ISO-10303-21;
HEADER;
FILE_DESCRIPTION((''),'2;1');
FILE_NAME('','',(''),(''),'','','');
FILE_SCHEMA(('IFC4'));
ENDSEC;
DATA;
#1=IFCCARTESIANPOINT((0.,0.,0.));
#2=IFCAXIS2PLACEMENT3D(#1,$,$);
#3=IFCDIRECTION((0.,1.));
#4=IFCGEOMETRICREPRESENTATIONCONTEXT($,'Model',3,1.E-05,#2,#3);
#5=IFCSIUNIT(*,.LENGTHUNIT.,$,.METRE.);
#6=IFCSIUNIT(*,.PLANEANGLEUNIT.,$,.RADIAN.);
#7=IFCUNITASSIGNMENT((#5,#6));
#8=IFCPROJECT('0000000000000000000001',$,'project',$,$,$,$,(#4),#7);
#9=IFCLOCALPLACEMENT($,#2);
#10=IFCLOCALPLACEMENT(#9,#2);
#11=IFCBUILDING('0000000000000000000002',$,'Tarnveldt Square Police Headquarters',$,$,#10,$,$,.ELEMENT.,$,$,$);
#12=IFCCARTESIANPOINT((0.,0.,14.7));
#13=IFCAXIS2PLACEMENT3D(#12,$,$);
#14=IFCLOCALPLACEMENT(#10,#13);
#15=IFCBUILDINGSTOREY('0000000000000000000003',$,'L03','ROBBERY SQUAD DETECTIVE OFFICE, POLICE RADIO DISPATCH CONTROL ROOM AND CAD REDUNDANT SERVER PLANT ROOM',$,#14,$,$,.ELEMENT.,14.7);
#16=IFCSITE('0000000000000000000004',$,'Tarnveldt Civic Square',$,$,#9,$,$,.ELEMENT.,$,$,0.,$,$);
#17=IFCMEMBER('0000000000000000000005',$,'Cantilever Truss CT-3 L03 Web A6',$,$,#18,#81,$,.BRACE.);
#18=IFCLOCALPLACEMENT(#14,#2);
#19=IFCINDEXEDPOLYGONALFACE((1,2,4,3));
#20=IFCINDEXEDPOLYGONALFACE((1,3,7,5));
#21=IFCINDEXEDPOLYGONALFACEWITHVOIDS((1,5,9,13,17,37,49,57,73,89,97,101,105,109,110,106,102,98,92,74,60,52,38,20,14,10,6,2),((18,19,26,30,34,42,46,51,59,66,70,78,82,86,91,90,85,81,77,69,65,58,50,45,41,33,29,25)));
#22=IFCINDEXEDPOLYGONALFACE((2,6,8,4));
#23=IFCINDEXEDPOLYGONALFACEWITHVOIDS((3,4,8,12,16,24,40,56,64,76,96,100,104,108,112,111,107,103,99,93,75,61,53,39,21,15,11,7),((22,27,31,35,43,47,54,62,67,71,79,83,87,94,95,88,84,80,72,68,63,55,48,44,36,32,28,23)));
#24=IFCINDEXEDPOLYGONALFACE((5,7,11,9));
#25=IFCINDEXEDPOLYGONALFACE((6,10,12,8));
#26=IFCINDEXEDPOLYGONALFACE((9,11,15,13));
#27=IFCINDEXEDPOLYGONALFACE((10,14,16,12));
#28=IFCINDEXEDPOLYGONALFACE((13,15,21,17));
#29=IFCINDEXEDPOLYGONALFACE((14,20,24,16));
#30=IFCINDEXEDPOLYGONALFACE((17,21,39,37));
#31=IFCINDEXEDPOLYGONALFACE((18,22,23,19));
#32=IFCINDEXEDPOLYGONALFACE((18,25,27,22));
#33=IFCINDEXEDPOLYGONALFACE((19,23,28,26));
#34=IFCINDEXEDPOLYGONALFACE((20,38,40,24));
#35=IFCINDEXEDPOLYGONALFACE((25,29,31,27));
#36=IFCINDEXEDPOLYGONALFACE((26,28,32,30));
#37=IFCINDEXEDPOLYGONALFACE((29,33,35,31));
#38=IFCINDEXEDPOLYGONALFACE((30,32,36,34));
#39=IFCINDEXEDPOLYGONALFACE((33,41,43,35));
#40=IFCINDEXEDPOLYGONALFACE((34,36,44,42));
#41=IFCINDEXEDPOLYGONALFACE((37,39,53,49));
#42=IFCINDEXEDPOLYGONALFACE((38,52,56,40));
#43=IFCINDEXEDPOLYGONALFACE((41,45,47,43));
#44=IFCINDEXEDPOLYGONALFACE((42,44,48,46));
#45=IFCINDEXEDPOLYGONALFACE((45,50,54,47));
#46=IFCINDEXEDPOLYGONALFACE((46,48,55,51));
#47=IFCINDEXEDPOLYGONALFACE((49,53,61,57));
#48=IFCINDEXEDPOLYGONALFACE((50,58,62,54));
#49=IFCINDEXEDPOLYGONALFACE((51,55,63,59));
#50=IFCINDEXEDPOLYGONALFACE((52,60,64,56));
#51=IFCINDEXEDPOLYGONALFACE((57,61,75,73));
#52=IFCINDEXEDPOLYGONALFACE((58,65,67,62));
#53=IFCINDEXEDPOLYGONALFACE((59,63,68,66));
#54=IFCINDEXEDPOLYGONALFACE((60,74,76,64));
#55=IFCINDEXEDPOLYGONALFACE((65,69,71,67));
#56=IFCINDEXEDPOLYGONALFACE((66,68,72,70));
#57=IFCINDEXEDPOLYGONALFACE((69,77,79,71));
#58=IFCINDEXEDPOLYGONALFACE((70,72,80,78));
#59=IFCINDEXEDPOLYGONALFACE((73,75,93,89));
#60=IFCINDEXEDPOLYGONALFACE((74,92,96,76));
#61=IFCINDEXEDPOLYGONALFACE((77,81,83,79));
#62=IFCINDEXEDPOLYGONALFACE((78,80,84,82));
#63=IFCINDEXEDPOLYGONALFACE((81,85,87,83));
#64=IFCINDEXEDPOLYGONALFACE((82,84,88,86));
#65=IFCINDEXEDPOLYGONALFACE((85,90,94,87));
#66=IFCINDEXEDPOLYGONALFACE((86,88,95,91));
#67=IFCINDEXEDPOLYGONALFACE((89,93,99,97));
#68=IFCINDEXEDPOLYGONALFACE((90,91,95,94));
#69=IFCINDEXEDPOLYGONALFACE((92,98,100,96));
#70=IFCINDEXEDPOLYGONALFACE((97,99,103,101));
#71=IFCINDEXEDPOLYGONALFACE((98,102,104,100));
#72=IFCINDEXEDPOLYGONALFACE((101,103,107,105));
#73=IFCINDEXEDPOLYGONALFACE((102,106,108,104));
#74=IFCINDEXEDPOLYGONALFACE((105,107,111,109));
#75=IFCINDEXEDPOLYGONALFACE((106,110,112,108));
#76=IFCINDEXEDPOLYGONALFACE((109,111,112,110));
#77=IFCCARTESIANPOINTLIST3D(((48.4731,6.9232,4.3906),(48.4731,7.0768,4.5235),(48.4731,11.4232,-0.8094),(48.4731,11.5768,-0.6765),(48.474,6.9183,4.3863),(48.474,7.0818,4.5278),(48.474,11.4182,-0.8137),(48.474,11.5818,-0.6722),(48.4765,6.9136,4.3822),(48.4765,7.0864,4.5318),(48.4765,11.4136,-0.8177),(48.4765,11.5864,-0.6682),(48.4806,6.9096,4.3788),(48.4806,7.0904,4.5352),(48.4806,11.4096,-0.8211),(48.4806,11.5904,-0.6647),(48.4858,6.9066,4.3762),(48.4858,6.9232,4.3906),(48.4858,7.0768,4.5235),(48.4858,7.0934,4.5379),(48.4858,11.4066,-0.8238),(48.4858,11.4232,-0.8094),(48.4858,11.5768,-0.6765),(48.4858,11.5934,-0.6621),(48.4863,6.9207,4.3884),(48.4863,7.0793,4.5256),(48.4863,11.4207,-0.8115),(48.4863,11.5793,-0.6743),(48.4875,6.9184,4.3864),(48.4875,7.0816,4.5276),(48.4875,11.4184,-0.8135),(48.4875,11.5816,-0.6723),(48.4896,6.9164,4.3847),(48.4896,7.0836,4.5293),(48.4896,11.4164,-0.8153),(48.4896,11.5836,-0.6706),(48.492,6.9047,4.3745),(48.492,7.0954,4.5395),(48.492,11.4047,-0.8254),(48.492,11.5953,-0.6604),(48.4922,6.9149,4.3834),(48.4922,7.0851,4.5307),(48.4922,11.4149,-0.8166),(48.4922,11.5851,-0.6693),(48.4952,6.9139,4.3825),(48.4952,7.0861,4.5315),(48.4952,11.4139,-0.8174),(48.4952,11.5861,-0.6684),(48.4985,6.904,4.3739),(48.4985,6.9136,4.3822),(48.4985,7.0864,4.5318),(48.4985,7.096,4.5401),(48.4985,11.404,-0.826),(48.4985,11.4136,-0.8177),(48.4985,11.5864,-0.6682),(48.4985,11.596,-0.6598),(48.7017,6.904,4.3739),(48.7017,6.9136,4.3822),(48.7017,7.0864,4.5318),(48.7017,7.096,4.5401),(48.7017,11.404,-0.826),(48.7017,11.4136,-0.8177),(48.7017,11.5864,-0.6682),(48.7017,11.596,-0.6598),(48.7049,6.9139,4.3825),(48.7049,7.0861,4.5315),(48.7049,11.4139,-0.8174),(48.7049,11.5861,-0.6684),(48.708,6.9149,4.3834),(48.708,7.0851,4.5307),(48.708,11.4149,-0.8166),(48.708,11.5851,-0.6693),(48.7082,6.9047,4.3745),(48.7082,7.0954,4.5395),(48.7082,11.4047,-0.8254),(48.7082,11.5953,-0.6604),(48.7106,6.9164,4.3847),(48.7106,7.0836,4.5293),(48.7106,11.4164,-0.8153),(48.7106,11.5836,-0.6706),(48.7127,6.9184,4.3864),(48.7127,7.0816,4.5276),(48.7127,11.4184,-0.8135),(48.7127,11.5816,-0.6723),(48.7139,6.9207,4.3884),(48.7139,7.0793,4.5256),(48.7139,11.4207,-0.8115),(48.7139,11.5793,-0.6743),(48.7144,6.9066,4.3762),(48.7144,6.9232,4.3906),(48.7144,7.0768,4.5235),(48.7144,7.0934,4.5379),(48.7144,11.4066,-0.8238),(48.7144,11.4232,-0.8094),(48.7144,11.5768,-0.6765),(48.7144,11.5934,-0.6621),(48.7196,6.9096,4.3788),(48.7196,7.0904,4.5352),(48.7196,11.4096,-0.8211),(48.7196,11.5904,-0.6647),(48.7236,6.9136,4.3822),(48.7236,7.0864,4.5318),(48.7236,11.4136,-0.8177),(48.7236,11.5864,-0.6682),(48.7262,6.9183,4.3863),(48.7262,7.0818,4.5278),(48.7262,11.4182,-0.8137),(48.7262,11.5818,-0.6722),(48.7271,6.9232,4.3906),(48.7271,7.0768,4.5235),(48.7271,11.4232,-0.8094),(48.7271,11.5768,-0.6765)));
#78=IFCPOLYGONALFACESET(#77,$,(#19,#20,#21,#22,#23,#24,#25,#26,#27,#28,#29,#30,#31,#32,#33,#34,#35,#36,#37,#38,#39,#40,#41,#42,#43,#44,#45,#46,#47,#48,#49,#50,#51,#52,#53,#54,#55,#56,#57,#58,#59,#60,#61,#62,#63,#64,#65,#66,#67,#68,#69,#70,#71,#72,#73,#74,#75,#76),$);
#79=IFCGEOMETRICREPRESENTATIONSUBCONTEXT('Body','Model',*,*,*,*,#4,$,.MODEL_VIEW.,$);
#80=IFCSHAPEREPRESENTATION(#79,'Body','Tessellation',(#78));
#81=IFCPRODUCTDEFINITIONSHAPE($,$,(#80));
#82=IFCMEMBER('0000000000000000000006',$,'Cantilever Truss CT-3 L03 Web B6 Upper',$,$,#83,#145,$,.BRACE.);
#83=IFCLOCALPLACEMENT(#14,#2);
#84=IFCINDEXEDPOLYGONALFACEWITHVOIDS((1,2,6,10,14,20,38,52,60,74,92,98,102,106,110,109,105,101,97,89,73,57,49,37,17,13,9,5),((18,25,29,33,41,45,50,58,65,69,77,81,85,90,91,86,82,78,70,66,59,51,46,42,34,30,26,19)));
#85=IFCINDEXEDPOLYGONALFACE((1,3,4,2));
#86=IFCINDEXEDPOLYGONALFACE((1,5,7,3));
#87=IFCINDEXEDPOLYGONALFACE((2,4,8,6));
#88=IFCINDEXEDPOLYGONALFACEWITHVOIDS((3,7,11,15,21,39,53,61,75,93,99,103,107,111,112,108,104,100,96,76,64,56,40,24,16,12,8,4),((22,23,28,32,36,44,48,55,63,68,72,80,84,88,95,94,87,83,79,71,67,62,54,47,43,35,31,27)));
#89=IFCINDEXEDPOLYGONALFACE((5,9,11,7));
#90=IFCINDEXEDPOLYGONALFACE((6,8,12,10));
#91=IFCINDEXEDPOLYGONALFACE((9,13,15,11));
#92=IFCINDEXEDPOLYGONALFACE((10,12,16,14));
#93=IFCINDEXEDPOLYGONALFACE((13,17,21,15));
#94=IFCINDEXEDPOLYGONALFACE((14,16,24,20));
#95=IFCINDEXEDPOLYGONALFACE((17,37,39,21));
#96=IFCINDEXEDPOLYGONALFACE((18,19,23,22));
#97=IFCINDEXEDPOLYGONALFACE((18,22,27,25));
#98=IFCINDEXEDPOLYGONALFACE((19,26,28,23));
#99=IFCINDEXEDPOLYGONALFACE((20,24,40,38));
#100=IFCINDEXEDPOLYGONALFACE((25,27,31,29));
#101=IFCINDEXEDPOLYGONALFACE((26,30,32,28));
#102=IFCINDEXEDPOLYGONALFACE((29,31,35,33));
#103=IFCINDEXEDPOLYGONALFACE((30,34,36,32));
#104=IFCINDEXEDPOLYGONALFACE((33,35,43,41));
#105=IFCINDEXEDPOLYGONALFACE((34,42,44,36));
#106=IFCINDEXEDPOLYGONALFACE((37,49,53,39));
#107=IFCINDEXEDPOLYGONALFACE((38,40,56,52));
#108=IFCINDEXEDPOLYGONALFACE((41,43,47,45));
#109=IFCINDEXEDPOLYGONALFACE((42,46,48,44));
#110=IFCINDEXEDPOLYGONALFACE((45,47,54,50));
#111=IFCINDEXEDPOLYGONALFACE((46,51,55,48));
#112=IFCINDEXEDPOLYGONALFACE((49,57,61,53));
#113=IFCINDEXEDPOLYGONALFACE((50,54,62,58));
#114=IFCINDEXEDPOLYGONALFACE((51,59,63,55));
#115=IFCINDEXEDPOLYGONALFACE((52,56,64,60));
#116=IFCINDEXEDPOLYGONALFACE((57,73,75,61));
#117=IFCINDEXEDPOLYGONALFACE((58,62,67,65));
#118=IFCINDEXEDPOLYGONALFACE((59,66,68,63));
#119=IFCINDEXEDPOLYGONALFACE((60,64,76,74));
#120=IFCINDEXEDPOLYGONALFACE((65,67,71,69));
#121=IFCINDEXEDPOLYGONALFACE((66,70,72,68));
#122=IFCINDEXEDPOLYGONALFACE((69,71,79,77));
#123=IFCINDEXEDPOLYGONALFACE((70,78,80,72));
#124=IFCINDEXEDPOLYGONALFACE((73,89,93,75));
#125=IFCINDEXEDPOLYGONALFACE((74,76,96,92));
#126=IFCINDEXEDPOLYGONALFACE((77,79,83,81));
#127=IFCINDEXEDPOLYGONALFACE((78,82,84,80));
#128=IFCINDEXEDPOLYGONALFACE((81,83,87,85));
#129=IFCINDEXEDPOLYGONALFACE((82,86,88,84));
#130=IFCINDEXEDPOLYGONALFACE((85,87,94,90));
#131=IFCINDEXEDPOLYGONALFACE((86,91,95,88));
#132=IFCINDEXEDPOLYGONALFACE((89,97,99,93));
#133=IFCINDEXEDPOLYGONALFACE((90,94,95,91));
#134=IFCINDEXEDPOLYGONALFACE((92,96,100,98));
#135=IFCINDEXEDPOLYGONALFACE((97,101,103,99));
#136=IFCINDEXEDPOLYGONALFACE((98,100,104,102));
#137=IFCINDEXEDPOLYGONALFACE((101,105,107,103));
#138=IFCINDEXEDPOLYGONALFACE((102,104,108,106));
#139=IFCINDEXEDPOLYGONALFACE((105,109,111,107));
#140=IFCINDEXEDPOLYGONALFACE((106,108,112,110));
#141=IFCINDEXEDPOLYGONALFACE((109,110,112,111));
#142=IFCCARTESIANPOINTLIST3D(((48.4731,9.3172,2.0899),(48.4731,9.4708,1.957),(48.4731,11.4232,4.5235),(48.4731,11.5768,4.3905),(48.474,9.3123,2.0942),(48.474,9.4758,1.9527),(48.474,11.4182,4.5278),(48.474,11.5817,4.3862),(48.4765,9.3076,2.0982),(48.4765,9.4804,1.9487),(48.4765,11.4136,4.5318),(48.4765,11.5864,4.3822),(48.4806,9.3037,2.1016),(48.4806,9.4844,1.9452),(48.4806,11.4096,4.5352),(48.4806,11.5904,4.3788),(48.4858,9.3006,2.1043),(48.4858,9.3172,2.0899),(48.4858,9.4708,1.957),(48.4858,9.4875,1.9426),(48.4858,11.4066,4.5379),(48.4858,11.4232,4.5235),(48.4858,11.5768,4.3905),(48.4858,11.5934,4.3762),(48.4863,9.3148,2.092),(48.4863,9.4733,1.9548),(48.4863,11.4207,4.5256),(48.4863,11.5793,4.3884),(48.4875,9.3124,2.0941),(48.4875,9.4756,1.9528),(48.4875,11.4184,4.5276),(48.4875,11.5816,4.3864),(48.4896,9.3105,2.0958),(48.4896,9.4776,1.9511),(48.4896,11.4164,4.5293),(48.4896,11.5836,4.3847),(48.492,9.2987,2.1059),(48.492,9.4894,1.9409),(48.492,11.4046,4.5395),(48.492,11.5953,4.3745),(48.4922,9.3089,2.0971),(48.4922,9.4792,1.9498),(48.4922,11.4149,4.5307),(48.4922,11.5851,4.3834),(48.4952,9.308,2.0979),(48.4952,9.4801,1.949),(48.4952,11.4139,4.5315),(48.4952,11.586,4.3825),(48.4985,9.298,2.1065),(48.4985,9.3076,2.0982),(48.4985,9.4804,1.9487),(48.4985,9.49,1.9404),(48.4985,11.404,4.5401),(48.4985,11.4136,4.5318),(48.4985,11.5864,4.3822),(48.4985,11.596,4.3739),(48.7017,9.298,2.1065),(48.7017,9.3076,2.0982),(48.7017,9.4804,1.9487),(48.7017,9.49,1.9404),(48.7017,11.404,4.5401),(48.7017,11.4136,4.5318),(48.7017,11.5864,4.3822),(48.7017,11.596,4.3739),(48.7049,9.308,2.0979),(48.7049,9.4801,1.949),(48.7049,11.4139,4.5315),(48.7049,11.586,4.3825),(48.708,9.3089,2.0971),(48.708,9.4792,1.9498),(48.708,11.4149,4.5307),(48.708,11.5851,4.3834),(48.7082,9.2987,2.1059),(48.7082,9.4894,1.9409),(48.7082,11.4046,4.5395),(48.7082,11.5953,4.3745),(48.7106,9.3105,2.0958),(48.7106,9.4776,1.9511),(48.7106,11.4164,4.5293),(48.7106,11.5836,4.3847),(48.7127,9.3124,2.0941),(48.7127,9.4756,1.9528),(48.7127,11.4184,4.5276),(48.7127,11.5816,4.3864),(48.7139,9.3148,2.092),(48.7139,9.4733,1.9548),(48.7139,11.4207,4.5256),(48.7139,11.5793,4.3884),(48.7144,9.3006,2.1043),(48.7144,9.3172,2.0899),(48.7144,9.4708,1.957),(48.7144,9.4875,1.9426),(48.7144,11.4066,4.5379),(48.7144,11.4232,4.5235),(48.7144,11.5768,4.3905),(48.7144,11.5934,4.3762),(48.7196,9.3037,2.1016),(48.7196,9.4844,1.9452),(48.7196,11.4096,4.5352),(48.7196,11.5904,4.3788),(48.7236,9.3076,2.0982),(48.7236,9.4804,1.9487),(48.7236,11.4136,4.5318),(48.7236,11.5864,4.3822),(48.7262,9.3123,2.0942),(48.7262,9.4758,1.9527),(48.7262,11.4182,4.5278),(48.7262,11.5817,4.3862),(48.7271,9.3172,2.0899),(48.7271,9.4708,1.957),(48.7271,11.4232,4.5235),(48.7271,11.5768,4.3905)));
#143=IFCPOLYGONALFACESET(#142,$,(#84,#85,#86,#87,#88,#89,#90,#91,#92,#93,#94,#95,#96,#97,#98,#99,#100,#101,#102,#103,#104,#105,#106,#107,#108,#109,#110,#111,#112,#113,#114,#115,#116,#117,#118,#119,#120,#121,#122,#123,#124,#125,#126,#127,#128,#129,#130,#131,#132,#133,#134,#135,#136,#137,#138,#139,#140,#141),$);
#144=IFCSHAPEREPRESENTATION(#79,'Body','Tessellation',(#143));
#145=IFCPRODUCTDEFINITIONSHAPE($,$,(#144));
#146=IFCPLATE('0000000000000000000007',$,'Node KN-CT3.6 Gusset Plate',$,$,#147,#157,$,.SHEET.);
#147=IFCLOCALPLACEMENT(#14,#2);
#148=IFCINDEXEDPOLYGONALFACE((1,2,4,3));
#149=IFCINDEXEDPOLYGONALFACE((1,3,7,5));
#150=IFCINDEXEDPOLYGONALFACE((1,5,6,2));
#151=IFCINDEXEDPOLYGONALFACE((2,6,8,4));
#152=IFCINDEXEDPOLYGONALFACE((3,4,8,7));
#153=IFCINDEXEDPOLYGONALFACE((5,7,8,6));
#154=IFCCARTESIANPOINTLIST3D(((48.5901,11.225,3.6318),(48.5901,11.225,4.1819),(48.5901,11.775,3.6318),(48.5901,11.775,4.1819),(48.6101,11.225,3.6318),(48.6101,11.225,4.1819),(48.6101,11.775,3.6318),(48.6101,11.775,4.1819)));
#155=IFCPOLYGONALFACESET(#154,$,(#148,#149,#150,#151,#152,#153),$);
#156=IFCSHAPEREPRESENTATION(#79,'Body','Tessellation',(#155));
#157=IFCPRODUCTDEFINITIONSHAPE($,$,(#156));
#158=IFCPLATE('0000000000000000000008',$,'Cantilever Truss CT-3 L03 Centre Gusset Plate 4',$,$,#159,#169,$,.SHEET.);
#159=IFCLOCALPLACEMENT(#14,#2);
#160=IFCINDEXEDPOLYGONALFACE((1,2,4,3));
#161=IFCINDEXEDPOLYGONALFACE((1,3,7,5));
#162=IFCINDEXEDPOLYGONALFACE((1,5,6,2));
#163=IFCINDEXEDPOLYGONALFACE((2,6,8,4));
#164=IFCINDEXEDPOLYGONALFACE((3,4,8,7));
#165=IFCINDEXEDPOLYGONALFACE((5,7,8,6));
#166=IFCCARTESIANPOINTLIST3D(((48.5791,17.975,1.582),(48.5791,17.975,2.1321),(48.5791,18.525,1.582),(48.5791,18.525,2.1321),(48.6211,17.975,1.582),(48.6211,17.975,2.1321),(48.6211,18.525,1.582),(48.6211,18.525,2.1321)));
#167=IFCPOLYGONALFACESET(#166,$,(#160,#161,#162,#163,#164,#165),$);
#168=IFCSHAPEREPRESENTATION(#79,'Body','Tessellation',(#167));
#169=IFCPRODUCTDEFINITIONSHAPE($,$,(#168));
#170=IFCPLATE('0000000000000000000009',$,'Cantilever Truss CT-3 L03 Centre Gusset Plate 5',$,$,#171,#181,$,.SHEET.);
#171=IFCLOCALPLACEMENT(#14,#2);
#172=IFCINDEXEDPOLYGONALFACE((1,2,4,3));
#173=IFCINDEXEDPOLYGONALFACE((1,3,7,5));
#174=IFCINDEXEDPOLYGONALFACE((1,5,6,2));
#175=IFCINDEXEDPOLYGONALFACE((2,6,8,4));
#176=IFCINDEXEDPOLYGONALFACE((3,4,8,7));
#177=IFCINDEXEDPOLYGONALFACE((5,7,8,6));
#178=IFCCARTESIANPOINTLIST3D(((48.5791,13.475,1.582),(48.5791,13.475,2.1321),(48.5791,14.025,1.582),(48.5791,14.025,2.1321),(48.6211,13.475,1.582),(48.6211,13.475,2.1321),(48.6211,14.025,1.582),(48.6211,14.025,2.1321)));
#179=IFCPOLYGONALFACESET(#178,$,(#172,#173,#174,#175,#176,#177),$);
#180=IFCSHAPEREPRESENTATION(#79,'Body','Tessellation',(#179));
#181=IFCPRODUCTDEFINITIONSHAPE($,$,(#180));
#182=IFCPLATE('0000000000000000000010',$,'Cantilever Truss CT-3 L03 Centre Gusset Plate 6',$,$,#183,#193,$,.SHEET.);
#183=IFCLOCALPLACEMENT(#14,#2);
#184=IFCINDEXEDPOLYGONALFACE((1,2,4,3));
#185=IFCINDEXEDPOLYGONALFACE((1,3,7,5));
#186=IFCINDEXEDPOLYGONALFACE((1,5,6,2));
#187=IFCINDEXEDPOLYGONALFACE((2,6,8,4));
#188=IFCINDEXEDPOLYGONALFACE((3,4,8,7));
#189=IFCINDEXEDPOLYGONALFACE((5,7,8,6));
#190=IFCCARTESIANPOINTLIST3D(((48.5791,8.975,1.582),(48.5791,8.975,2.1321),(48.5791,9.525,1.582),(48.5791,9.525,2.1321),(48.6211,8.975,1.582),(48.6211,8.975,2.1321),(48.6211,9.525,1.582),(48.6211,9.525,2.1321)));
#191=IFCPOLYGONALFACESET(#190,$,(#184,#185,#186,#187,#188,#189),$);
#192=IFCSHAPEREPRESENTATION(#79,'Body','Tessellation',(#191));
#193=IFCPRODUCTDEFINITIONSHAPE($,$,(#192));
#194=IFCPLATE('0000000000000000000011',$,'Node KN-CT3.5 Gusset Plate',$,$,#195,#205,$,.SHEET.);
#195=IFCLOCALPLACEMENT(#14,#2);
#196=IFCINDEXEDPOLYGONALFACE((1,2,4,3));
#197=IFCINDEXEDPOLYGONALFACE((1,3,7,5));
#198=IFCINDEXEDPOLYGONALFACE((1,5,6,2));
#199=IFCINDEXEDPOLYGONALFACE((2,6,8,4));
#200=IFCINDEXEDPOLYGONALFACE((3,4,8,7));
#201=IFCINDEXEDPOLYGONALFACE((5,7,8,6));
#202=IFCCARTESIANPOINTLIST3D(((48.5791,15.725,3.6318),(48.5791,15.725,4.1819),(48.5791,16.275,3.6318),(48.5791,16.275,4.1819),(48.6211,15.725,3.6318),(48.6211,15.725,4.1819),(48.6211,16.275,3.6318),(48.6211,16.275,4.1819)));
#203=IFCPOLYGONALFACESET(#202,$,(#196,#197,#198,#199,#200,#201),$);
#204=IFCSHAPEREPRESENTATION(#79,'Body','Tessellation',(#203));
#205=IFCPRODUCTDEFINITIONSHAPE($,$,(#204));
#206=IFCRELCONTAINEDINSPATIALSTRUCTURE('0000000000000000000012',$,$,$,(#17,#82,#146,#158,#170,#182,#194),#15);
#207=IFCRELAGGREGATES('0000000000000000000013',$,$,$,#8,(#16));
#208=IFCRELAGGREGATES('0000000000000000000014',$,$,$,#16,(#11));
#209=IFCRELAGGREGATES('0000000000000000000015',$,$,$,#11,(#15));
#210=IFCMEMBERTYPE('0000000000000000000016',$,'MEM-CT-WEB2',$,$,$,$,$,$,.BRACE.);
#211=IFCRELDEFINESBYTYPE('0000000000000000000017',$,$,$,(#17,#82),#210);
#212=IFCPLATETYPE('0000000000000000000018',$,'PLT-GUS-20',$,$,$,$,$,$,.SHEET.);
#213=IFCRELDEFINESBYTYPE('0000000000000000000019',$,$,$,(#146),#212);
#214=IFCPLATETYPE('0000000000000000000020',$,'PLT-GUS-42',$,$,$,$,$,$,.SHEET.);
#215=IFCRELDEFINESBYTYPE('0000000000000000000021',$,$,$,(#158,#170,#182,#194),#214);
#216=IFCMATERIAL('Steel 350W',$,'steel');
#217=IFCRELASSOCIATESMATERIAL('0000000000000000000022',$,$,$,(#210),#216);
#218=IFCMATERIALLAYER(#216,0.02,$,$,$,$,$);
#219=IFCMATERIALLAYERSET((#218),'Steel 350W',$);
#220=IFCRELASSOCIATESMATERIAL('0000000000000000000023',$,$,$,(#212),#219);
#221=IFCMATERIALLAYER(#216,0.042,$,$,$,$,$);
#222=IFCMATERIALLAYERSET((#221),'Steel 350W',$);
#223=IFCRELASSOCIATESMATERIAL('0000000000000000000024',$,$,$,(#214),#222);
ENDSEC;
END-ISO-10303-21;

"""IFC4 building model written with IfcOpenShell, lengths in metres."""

from ifc_helpers import new_model, si_unit, direction, frame, origin, origin_2d, place, context, subcontext, project, spatial, rectangle, hollow_rectangle, extrude, material, layer, layer_set, material_profile, profile_set, type_object, element, save


model = new_model("IFC4")

# Units and contexts
model_context = context("Model", 3, precision=1e-05, world=origin(), true_north=direction((0.0, 1.0)))
body_context = subcontext(model_context, "Body", "Model", "MODEL_VIEW")
ifc_project = project(units=[si_unit("LENGTHUNIT", "METRE"), si_unit("PLANEANGLEUNIT", "RADIAN")], contexts=[model_context])

# Site, building, storey
site_placement = place(None, origin())
site = spatial("IfcSite", under=ifc_project, at=site_placement, Name="Tarnveldt Civic Square", CompositionType="ELEMENT", RefElevation=0.0)
building_placement = place(site_placement, origin())
building = spatial("IfcBuilding", under=site, at=building_placement, Name="Tarnveldt Square Police Headquarters", CompositionType="ELEMENT")
storey_placement = place(building_placement, frame((0.0, 0.0, 14.7)))
storey = spatial("IfcBuildingStorey", under=building, at=storey_placement, Name="L03", Description="ROBBERY SQUAD DETECTIVE OFFICE, POLICE RADIO DISPATCH CONTROL ROOM AND CAD REDUNDANT SERVER PLANT ROOM", CompositionType="ELEMENT", Elevation=14.7)

# Shared definitions
ifc_material_1 = material(Name="Steel 350W", Category="steel")

# Members
ifc_material_profile_1 = material_profile(ifc_material_1, hollow_rectangle(XDim=0.2539, YDim=0.2539, WallThickness=0.0127, InnerFilletRadius=0.0127, OuterFilletRadius=0.0254, at=origin_2d()), Name="HSS254x254x13")
ifc_profile_set_1 = profile_set([ifc_material_profile_1], Name="Steel 350W")
member_type_1 = type_object("IfcMemberType", Name="MEM-CT-WEB2", PredefinedType="BRACE", material=ifc_profile_set_1)
member_1_placement = place(storey_placement, frame((48.6001, 11.5, -0.7429), z_axis=(0.0, -0.65438, 0.756166), x_axis=(1.0, 0.0, 0.0)))
element("IfcMember", 1, at=member_1_placement, inside=storey, type_object=member_type_1, Name="Cantilever Truss CT-3 L03 Web A6", PredefinedType="BRACE", context=body_context, shape_type="SweptSolid", body=[
    extrude(hollow_rectangle(XDim=0.2539, YDim=0.2539, WallThickness=0.0127, InnerFilletRadius=0.0127, OuterFilletRadius=0.0254, at=origin_2d()), origin(), (0.0, 0.0, 1.0), 6.8767),
])
member_2_placement = place(storey_placement, frame((48.6001, 9.394, 2.0234), z_axis=(0.0, 0.65437, 0.756174), x_axis=(-1.0, 0.0, 0.0)))
element("IfcMember", 2, at=member_2_placement, inside=storey, type_object=member_type_1, Name="Cantilever Truss CT-3 L03 Web B6 Upper", PredefinedType="BRACE", context=body_context, shape_type="SweptSolid", body=[
    extrude(hollow_rectangle(XDim=0.2539, YDim=0.2539, WallThickness=0.0127, InnerFilletRadius=0.0127, OuterFilletRadius=0.0254, at=origin_2d()), origin(), (0.0, 0.0, 1.0), 3.2183),
])

# Plates
ifc_layer_1 = layer(ifc_material_1, 0.02)
ifc_layer_set_1 = layer_set([ifc_layer_1], Name="Steel 350W")
plate_type_1 = type_object("IfcPlateType", Name="PLT-GUS-20", PredefinedType="SHEET", material=ifc_layer_set_1)
plate_placement = place(storey_placement, frame((48.6001, 11.5, 3.6318), z_axis=(0.0, 0.0, 1.0), x_axis=(1.0, 0.0, 0.0)))
element("IfcPlate", 3, at=plate_placement, inside=storey, type_object=plate_type_1, Name="Node KN-CT3.6 Gusset Plate", PredefinedType="SHEET", context=body_context, shape_type="SweptSolid", body=[
    extrude(rectangle(XDim=0.02, YDim=0.55, at=origin_2d()), origin(), (0.0, 0.0, 1.0), 0.55),
])
ifc_layer_2 = layer(ifc_material_1, 0.042)
ifc_layer_set_2 = layer_set([ifc_layer_2], Name="Steel 350W")
plate_type_2 = type_object("IfcPlateType", Name="PLT-GUS-42", PredefinedType="SHEET", material=ifc_layer_set_2)
for number, where, z_axis, x_axis, name in (
    (4, (48.6001, 18.25, 1.582), (0.0, 0.0, 1.0), (1.0, 0.0, 0.0), "Cantilever Truss CT-3 L03 Centre Gusset Plate 4"),
    (5, (48.6001, 13.75, 1.582), (0.0, 0.0, 1.0), (1.0, 0.0, 0.0), "Cantilever Truss CT-3 L03 Centre Gusset Plate 5"),
    (6, (48.6001, 9.25, 1.582), (0.0, 0.0, 1.0), (1.0, 0.0, 0.0), "Cantilever Truss CT-3 L03 Centre Gusset Plate 6"),
    (7, (48.6001, 16.0, 3.6318), (0.0, 0.0, 1.0), (1.0, 0.0, 0.0), "Node KN-CT3.5 Gusset Plate"),
):
    element("IfcPlate", number, at=place(storey_placement, frame(where, z_axis=z_axis, x_axis=x_axis)), inside=storey, type_object=plate_type_2, Name=name, PredefinedType="SHEET", context=body_context, shape_type="SweptSolid", body=[
        extrude(rectangle(XDim=0.042, YDim=0.55, at=origin_2d()), origin(), (0.0, 0.0, 1.0), 0.55),
    ])

save(model, "model.ifc")
